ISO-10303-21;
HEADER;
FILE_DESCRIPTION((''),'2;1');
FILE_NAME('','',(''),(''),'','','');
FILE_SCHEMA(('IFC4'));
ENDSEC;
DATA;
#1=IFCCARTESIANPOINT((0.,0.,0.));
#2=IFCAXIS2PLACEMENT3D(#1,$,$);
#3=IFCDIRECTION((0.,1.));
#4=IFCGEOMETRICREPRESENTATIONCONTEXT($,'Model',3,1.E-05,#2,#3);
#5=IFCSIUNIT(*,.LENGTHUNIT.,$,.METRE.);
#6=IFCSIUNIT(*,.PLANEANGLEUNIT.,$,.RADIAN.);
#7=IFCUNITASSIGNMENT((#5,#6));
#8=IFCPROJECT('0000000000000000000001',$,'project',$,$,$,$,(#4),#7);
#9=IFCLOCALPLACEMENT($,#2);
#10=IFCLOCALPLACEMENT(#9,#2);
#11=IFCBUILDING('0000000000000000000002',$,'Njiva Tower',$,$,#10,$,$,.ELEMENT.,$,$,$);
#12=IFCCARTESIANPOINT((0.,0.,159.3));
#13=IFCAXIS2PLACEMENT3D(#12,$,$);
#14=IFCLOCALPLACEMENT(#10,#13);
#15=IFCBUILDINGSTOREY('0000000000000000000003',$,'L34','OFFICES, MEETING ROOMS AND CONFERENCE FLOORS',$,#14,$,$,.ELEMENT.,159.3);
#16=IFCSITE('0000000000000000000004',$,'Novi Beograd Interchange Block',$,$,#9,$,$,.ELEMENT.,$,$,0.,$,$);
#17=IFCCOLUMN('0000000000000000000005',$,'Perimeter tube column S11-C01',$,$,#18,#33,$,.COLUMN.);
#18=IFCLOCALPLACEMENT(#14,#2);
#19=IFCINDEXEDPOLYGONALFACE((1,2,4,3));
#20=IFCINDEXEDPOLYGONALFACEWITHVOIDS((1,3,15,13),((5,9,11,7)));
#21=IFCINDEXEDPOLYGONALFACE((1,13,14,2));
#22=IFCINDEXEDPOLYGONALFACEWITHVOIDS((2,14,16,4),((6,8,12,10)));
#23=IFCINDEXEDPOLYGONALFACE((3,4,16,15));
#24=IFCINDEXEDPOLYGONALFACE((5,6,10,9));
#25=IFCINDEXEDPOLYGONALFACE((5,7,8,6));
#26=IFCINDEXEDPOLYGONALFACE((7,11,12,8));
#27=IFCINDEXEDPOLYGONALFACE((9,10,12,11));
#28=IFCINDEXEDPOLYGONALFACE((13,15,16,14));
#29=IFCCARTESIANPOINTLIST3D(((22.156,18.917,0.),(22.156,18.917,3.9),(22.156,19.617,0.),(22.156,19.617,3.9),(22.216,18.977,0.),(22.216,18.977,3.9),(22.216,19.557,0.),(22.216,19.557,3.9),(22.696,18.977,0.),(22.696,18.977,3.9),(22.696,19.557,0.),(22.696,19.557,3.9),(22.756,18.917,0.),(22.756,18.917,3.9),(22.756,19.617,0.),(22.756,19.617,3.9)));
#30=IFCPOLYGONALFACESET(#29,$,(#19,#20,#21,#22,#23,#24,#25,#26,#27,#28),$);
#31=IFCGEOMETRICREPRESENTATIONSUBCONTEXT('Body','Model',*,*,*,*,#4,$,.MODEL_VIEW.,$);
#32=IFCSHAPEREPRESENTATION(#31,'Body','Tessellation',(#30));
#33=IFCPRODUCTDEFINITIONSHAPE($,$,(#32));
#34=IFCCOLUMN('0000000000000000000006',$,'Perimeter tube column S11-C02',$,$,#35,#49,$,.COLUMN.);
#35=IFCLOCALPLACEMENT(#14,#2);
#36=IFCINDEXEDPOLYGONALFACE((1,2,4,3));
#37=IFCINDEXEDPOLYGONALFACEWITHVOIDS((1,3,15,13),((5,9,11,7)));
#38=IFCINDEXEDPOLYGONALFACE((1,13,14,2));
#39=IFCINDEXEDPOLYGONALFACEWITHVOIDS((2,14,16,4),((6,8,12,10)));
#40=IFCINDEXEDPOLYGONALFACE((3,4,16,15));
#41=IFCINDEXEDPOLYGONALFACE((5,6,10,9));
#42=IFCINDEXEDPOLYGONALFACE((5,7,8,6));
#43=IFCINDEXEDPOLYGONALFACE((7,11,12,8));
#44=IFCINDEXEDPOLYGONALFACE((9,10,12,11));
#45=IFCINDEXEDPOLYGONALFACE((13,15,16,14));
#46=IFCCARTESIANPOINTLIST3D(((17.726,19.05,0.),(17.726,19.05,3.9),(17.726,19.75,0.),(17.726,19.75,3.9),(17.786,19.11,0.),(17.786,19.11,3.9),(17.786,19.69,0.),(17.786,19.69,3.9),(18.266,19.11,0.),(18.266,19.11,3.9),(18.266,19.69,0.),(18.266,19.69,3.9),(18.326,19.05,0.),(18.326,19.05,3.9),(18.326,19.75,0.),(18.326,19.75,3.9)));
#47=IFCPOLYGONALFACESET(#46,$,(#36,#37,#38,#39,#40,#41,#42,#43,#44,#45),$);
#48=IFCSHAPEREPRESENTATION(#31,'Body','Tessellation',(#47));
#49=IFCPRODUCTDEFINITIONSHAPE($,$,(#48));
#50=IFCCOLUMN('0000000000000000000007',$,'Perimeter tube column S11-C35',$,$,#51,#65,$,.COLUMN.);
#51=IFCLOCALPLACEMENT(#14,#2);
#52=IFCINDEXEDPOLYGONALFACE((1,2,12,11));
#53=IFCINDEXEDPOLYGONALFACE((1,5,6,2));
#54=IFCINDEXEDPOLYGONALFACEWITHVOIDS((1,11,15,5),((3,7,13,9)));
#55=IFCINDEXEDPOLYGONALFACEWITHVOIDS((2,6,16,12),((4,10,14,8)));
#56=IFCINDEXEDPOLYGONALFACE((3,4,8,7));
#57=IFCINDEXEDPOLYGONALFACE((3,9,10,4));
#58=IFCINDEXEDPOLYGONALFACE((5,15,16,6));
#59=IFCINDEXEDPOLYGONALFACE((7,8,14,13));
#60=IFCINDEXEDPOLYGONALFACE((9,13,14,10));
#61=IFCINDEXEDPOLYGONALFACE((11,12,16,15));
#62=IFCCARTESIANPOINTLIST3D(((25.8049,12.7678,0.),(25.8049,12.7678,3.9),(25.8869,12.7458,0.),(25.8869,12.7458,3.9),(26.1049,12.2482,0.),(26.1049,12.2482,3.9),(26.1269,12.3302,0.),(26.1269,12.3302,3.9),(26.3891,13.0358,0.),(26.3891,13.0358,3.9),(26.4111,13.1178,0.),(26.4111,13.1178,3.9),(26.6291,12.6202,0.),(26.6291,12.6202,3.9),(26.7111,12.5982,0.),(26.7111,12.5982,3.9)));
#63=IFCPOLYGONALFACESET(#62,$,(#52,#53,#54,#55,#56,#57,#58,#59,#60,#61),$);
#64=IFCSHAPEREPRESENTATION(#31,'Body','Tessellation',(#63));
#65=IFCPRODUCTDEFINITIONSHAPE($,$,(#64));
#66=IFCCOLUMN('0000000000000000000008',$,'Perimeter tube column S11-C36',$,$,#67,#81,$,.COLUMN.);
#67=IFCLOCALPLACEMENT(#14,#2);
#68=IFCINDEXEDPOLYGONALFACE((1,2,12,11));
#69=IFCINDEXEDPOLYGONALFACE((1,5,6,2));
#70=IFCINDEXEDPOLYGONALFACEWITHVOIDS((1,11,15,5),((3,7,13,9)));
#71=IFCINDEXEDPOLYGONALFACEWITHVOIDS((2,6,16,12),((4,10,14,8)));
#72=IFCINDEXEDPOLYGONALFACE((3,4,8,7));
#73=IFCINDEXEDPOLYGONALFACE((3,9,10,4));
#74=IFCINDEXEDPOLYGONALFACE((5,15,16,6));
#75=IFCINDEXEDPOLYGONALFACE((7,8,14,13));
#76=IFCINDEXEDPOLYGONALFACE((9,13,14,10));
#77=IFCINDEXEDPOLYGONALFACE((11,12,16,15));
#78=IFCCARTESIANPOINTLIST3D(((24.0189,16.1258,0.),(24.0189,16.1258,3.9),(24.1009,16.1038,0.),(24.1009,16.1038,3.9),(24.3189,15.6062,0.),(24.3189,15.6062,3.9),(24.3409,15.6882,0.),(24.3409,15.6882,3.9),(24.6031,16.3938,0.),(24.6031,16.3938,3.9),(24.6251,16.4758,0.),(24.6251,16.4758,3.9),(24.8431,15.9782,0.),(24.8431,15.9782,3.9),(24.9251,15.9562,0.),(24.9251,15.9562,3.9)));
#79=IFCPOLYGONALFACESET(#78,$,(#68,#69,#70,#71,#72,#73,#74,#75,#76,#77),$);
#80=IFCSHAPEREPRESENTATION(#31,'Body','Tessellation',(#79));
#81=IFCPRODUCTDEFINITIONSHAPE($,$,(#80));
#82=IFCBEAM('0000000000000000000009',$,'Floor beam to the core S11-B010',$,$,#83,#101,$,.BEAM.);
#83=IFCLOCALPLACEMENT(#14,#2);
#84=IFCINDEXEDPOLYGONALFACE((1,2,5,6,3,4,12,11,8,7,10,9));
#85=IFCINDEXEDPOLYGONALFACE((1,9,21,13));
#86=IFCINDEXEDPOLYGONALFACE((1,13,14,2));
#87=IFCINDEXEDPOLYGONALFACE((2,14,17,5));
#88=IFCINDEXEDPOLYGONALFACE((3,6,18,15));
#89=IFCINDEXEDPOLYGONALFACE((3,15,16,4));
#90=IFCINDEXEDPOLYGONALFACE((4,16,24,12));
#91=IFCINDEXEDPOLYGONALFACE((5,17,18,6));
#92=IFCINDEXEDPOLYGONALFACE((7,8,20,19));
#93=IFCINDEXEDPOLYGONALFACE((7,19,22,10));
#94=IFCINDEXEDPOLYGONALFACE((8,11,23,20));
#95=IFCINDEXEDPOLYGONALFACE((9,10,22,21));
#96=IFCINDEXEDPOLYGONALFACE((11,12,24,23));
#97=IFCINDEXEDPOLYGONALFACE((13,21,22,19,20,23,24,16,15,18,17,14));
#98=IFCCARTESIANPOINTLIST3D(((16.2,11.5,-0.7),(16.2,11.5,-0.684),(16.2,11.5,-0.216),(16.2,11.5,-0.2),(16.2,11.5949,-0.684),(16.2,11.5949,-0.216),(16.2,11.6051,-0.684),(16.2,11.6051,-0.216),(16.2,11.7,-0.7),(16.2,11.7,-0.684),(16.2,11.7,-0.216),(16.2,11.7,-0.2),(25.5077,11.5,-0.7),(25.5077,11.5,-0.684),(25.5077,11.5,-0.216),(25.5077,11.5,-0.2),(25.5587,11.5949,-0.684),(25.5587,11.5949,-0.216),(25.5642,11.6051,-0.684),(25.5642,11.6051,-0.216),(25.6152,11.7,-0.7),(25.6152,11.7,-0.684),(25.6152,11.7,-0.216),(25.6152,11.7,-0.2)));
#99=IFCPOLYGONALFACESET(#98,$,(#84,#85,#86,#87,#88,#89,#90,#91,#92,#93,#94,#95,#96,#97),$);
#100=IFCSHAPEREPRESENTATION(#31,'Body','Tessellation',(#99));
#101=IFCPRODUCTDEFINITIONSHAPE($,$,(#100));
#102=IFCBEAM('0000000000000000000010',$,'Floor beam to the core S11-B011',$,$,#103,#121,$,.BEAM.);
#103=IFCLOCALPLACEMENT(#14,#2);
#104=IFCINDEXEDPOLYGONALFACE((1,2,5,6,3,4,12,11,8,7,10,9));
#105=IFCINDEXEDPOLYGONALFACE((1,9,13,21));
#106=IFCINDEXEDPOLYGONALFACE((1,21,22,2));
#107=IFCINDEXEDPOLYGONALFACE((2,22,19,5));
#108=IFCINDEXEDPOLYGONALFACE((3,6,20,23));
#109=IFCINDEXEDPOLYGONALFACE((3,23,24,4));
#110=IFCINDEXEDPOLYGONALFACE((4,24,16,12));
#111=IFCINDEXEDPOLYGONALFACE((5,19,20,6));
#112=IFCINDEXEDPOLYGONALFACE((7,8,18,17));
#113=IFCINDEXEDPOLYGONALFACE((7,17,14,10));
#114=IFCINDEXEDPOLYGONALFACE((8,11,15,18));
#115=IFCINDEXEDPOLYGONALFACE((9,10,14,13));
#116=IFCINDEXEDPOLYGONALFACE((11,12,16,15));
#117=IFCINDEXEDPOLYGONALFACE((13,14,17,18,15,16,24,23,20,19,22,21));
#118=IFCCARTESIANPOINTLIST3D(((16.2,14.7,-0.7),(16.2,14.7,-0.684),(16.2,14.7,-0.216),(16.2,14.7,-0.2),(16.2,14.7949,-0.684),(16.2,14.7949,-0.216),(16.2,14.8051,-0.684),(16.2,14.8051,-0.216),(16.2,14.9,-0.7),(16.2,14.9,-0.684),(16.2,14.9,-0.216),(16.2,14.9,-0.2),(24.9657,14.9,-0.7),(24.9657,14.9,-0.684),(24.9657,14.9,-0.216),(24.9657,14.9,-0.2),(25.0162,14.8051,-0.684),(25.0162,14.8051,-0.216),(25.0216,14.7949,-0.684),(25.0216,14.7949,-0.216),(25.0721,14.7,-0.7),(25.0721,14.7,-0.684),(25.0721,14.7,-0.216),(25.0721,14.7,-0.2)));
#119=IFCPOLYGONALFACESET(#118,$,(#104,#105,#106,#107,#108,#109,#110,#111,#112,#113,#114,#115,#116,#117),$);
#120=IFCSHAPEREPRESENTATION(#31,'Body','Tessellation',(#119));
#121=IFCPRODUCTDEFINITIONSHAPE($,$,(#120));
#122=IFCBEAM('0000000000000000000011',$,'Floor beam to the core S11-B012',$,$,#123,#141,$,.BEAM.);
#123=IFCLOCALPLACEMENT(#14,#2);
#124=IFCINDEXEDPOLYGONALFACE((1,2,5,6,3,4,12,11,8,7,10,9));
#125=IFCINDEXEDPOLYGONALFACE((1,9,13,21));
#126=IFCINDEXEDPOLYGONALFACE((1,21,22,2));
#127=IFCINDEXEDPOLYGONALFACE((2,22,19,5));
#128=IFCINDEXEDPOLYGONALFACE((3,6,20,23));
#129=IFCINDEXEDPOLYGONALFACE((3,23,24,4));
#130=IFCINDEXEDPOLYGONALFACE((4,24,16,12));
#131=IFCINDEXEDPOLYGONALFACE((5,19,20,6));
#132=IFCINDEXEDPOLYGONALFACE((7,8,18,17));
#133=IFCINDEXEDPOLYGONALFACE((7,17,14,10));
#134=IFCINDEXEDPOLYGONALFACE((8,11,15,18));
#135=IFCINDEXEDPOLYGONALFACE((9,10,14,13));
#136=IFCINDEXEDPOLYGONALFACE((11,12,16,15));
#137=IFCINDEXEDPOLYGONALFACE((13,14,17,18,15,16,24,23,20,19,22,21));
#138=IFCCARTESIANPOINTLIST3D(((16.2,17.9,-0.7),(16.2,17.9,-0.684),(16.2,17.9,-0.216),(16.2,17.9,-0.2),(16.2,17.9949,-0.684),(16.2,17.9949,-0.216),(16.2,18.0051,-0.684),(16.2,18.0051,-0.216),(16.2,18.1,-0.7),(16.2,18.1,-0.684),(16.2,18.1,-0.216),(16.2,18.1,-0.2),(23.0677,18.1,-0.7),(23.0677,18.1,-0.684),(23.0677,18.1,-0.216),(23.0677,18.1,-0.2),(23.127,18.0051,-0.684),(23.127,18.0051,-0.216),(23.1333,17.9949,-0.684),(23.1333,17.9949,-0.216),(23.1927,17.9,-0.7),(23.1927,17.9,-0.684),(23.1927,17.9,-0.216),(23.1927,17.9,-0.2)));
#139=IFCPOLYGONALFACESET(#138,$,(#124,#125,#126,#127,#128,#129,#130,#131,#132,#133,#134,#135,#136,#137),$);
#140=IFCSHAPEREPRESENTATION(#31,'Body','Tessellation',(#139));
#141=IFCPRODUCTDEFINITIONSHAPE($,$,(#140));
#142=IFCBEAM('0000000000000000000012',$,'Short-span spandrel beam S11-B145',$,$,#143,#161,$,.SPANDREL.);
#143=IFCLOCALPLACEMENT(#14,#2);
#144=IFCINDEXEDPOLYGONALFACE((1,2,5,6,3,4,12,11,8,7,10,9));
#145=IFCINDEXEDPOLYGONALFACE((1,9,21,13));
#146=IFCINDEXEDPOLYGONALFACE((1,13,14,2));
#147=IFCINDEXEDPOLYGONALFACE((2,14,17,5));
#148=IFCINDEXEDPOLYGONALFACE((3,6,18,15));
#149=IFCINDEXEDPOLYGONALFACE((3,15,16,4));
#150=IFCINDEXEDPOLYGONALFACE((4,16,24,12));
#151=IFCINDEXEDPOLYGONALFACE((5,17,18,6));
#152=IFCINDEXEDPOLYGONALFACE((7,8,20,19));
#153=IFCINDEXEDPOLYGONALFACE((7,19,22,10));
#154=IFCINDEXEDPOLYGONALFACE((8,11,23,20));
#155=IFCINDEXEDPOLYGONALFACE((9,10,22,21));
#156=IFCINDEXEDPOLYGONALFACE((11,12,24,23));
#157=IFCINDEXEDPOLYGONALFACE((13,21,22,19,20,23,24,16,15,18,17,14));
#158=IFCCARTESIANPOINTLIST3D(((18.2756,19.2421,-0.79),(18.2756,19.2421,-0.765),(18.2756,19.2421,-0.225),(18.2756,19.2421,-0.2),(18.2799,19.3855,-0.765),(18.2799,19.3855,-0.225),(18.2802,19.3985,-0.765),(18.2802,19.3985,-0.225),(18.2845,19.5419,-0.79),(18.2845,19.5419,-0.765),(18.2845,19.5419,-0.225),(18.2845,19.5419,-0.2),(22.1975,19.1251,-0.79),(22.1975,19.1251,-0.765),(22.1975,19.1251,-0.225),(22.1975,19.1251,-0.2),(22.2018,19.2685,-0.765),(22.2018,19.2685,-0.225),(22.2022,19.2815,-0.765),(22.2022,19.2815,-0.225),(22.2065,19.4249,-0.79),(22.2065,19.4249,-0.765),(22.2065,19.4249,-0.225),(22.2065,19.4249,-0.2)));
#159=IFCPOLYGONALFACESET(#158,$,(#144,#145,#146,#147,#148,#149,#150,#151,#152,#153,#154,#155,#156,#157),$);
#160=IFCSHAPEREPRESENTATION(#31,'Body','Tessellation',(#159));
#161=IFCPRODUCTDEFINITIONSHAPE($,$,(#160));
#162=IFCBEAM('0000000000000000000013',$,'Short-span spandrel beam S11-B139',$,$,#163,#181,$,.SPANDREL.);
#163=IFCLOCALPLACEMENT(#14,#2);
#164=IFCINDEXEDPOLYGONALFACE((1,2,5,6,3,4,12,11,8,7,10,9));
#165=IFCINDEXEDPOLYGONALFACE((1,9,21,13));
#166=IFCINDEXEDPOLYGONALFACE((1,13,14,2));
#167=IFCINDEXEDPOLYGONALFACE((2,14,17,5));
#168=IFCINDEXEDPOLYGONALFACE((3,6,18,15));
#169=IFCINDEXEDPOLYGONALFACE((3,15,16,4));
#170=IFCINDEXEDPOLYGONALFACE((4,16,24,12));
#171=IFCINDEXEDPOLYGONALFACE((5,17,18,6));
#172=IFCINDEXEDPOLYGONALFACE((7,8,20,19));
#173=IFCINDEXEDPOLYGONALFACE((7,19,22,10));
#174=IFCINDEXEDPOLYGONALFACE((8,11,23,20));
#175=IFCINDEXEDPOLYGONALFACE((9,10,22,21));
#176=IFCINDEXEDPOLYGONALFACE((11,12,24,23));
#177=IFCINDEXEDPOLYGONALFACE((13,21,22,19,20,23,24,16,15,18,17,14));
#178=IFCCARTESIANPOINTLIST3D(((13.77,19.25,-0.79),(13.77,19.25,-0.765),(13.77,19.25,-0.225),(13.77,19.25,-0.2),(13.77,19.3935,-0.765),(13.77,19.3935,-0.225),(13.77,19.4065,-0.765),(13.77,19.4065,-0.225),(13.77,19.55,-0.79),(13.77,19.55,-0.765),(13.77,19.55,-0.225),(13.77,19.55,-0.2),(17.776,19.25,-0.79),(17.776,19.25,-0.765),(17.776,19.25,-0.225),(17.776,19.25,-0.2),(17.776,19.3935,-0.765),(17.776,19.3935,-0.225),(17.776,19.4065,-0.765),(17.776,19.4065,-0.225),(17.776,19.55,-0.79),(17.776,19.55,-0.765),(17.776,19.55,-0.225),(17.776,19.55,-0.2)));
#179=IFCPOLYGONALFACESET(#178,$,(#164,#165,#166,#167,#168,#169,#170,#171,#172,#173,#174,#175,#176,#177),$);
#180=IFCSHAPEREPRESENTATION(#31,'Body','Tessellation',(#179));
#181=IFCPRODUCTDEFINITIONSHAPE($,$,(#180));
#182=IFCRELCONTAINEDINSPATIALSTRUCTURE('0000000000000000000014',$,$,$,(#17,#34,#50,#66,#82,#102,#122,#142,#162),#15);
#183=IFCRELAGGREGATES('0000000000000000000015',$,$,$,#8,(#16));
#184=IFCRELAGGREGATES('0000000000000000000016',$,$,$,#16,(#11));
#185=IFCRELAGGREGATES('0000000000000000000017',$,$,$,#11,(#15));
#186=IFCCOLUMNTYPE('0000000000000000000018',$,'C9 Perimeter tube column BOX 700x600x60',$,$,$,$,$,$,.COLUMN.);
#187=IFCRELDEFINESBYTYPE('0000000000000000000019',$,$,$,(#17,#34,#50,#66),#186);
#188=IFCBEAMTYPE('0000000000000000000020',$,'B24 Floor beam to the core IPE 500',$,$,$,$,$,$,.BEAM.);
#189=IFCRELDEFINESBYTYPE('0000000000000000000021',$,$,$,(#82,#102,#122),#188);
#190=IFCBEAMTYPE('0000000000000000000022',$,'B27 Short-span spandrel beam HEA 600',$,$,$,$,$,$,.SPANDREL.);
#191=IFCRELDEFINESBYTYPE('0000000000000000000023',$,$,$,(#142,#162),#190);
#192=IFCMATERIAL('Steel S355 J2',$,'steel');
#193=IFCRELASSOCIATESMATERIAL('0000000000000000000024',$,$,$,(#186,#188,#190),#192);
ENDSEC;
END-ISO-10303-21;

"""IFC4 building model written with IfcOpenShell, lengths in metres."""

from ifc_helpers import new_model, si_unit, direction, frame, origin, origin_2d, place, context, subcontext, project, spatial, hollow_rectangle, i_section, extrude, clip, halfspace, material, material_profile, profile_set, type_object, element, save


model = new_model("IFC4")

# Units and contexts
model_context = context("Model", 3, precision=1e-05, world=origin(), true_north=direction((0.0, 1.0)))
body_context = subcontext(model_context, "Body", "Model", "MODEL_VIEW")
ifc_project = project(units=[si_unit("LENGTHUNIT", "METRE"), si_unit("PLANEANGLEUNIT", "RADIAN")], contexts=[model_context])

# Site, building, storey
site_placement = place(None, origin())
site = spatial("IfcSite", under=ifc_project, at=site_placement, Name="Novi Beograd Interchange Block", CompositionType="ELEMENT", RefElevation=0.0)
building_placement = place(site_placement, origin())
building = spatial("IfcBuilding", under=site, at=building_placement, Name="Njiva Tower", CompositionType="ELEMENT")
storey_placement = place(building_placement, frame((0.0, 0.0, 159.3)))
storey = spatial("IfcBuildingStorey", under=building, at=storey_placement, Name="L34", Description="OFFICES, MEETING ROOMS AND CONFERENCE FLOORS", CompositionType="ELEMENT", Elevation=159.3)

# Columns
ifc_material_1 = material(Name="Steel S355 J2", Category="steel")
ifc_material_profile_1 = material_profile(ifc_material_1, hollow_rectangle(XDim=0.6, YDim=0.7, WallThickness=0.06, at=origin_2d()), Name="BOX 700x600x60")
ifc_profile_set_1 = profile_set([ifc_material_profile_1], Name="Steel S355 J2")
column_type = type_object("IfcColumnType", Name="C9 Perimeter tube column BOX 700x600x60", PredefinedType="COLUMN", material=ifc_profile_set_1)
for number, where, z_axis, x_axis, name in (
    (1, (22.456, 19.267, 0.0), (0.0, 0.0, 1.0), (-1.0, 0.0, 0.0), "Perimeter tube column S11-C01"),
    (2, (18.026, 19.4, 0.0), (0.0, 0.0, 1.0), (-1.0, 0.0, 0.0), "Perimeter tube column S11-C02"),
    (3, (26.258, 12.683, 0.0), (0.0, 0.0, 1.0), (-0.5, 0.866025, 0.0), "Perimeter tube column S11-C35"),
    (4, (24.472, 16.041, 0.0), (0.0, 0.0, 1.0), (-0.5, 0.866025, 0.0), "Perimeter tube column S11-C36"),
):
    element("IfcColumn", number, at=place(storey_placement, frame(where, z_axis=z_axis, x_axis=x_axis)), inside=storey, type_object=column_type, Name=name, PredefinedType="COLUMN", context=body_context, shape_type="SweptSolid", body=[
        extrude(hollow_rectangle(XDim=0.6, YDim=0.7, WallThickness=0.06, at=origin_2d()), origin(), (0.0, 0.0, 1.0), 3.9),
    ])

# Beams
ifc_material_profile_2 = material_profile(ifc_material_1, i_section(OverallWidth=0.2, OverallDepth=0.5, WebThickness=0.0102, FlangeThickness=0.016, at=origin_2d()), Name="IPE 500")
ifc_profile_set_2 = profile_set([ifc_material_profile_2], Name="Steel S355 J2")
beam_type_1 = type_object("IfcBeamType", Name="B24 Floor beam to the core IPE 500", PredefinedType="BEAM", material=ifc_profile_set_2)
beam_1_placement = place(storey_placement, frame((16.2, 11.6, -0.45), z_axis=(1.0, 0.0, 0.0), x_axis=(0.0, 1.0, 0.0)))
element("IfcBeam", 5, at=beam_1_placement, inside=storey, type_object=beam_type_1, Name="Floor beam to the core S11-B010", PredefinedType="BEAM", context=body_context, shape_type="Clipping", body=[
    clip(extrude(i_section(OverallWidth=0.2, OverallDepth=0.5, WebThickness=0.0102, FlangeThickness=0.016, at=origin_2d()), origin(), (0.0, 0.0, 1.0), 9.435), halfspace(frame((-0.0237, 0.0, 9.3487), z_axis=(-0.473762, 0.0, 0.880653), x_axis=(0.0, 1.0, 0.0)), False)),
])
beam_2_placement = place(storey_placement, frame((16.2, 14.8, -0.45), z_axis=(1.0, 0.0, 0.0), x_axis=(0.0, 1.0, 0.0)))
element("IfcBeam", 6, at=beam_2_placement, inside=storey, type_object=beam_type_1, Name="Floor beam to the core S11-B011", PredefinedType="BEAM", context=body_context, shape_type="Clipping", body=[
    clip(extrude(i_section(OverallWidth=0.2, OverallDepth=0.5, WebThickness=0.0102, FlangeThickness=0.016, at=origin_2d()), origin(), (0.0, 0.0, 1.0), 8.892), halfspace(frame((0.0235, 0.0, 8.8064), z_axis=(0.46939, 0.0, 0.882991), x_axis=(0.0, 1.0, 0.0)), False)),
])
beam_3_placement = place(storey_placement, frame((16.2, 18.0, -0.45), z_axis=(1.0, 0.0, 0.0), x_axis=(0.0, 1.0, 0.0)))
element("IfcBeam", 7, at=beam_3_placement, inside=storey, type_object=beam_type_1, Name="Floor beam to the core S11-B012", PredefinedType="BEAM", context=body_context, shape_type="Clipping", body=[
    clip(extrude(i_section(OverallWidth=0.2, OverallDepth=0.5, WebThickness=0.0102, FlangeThickness=0.016, at=origin_2d()), origin(), (0.0, 0.0, 1.0), 7.013), halfspace(frame((0.0265, 0.0, 6.9136), z_axis=(0.529999, 0.0, 0.847998), x_axis=(0.0, 1.0, 0.0)), False)),
])
ifc_material_profile_3 = material_profile(ifc_material_1, i_section(OverallWidth=0.3, OverallDepth=0.59, WebThickness=0.013, FlangeThickness=0.025, at=origin_2d()), Name="HEA 600")
ifc_profile_set_3 = profile_set([ifc_material_profile_3], Name="Steel S355 J2")
beam_type_2 = type_object("IfcBeamType", Name="B27 Short-span spandrel beam HEA 600", PredefinedType="SPANDREL", material=ifc_profile_set_3)
beam_4_placement = place(storey_placement, frame((22.202, 19.275, -0.495), z_axis=(-0.999555, 0.029818, 0.0), x_axis=(-0.029818, -0.999555, 0.0)))
element("IfcBeam", 8, at=beam_4_placement, inside=storey, type_object=beam_type_2, Name="Short-span spandrel beam S11-B145", PredefinedType="SPANDREL", context=body_context, shape_type="SweptSolid", body=[
    extrude(i_section(OverallWidth=0.3, OverallDepth=0.59, WebThickness=0.013, FlangeThickness=0.025, at=origin_2d()), origin(), (0.0, 0.0, 1.0), 3.9237),
])
beam_5_placement = place(storey_placement, frame((17.776, 19.4, -0.495), z_axis=(-1.0, 0.0, 0.0), x_axis=(0.0, -1.0, 0.0)))
element("IfcBeam", 9, at=beam_5_placement, inside=storey, type_object=beam_type_2, Name="Short-span spandrel beam S11-B139", PredefinedType="SPANDREL", context=body_context, shape_type="SweptSolid", body=[
    extrude(i_section(OverallWidth=0.3, OverallDepth=0.59, WebThickness=0.013, FlangeThickness=0.025, at=origin_2d()), origin(), (0.0, 0.0, 1.0), 4.006),
])

save(model, "model.ifc")
